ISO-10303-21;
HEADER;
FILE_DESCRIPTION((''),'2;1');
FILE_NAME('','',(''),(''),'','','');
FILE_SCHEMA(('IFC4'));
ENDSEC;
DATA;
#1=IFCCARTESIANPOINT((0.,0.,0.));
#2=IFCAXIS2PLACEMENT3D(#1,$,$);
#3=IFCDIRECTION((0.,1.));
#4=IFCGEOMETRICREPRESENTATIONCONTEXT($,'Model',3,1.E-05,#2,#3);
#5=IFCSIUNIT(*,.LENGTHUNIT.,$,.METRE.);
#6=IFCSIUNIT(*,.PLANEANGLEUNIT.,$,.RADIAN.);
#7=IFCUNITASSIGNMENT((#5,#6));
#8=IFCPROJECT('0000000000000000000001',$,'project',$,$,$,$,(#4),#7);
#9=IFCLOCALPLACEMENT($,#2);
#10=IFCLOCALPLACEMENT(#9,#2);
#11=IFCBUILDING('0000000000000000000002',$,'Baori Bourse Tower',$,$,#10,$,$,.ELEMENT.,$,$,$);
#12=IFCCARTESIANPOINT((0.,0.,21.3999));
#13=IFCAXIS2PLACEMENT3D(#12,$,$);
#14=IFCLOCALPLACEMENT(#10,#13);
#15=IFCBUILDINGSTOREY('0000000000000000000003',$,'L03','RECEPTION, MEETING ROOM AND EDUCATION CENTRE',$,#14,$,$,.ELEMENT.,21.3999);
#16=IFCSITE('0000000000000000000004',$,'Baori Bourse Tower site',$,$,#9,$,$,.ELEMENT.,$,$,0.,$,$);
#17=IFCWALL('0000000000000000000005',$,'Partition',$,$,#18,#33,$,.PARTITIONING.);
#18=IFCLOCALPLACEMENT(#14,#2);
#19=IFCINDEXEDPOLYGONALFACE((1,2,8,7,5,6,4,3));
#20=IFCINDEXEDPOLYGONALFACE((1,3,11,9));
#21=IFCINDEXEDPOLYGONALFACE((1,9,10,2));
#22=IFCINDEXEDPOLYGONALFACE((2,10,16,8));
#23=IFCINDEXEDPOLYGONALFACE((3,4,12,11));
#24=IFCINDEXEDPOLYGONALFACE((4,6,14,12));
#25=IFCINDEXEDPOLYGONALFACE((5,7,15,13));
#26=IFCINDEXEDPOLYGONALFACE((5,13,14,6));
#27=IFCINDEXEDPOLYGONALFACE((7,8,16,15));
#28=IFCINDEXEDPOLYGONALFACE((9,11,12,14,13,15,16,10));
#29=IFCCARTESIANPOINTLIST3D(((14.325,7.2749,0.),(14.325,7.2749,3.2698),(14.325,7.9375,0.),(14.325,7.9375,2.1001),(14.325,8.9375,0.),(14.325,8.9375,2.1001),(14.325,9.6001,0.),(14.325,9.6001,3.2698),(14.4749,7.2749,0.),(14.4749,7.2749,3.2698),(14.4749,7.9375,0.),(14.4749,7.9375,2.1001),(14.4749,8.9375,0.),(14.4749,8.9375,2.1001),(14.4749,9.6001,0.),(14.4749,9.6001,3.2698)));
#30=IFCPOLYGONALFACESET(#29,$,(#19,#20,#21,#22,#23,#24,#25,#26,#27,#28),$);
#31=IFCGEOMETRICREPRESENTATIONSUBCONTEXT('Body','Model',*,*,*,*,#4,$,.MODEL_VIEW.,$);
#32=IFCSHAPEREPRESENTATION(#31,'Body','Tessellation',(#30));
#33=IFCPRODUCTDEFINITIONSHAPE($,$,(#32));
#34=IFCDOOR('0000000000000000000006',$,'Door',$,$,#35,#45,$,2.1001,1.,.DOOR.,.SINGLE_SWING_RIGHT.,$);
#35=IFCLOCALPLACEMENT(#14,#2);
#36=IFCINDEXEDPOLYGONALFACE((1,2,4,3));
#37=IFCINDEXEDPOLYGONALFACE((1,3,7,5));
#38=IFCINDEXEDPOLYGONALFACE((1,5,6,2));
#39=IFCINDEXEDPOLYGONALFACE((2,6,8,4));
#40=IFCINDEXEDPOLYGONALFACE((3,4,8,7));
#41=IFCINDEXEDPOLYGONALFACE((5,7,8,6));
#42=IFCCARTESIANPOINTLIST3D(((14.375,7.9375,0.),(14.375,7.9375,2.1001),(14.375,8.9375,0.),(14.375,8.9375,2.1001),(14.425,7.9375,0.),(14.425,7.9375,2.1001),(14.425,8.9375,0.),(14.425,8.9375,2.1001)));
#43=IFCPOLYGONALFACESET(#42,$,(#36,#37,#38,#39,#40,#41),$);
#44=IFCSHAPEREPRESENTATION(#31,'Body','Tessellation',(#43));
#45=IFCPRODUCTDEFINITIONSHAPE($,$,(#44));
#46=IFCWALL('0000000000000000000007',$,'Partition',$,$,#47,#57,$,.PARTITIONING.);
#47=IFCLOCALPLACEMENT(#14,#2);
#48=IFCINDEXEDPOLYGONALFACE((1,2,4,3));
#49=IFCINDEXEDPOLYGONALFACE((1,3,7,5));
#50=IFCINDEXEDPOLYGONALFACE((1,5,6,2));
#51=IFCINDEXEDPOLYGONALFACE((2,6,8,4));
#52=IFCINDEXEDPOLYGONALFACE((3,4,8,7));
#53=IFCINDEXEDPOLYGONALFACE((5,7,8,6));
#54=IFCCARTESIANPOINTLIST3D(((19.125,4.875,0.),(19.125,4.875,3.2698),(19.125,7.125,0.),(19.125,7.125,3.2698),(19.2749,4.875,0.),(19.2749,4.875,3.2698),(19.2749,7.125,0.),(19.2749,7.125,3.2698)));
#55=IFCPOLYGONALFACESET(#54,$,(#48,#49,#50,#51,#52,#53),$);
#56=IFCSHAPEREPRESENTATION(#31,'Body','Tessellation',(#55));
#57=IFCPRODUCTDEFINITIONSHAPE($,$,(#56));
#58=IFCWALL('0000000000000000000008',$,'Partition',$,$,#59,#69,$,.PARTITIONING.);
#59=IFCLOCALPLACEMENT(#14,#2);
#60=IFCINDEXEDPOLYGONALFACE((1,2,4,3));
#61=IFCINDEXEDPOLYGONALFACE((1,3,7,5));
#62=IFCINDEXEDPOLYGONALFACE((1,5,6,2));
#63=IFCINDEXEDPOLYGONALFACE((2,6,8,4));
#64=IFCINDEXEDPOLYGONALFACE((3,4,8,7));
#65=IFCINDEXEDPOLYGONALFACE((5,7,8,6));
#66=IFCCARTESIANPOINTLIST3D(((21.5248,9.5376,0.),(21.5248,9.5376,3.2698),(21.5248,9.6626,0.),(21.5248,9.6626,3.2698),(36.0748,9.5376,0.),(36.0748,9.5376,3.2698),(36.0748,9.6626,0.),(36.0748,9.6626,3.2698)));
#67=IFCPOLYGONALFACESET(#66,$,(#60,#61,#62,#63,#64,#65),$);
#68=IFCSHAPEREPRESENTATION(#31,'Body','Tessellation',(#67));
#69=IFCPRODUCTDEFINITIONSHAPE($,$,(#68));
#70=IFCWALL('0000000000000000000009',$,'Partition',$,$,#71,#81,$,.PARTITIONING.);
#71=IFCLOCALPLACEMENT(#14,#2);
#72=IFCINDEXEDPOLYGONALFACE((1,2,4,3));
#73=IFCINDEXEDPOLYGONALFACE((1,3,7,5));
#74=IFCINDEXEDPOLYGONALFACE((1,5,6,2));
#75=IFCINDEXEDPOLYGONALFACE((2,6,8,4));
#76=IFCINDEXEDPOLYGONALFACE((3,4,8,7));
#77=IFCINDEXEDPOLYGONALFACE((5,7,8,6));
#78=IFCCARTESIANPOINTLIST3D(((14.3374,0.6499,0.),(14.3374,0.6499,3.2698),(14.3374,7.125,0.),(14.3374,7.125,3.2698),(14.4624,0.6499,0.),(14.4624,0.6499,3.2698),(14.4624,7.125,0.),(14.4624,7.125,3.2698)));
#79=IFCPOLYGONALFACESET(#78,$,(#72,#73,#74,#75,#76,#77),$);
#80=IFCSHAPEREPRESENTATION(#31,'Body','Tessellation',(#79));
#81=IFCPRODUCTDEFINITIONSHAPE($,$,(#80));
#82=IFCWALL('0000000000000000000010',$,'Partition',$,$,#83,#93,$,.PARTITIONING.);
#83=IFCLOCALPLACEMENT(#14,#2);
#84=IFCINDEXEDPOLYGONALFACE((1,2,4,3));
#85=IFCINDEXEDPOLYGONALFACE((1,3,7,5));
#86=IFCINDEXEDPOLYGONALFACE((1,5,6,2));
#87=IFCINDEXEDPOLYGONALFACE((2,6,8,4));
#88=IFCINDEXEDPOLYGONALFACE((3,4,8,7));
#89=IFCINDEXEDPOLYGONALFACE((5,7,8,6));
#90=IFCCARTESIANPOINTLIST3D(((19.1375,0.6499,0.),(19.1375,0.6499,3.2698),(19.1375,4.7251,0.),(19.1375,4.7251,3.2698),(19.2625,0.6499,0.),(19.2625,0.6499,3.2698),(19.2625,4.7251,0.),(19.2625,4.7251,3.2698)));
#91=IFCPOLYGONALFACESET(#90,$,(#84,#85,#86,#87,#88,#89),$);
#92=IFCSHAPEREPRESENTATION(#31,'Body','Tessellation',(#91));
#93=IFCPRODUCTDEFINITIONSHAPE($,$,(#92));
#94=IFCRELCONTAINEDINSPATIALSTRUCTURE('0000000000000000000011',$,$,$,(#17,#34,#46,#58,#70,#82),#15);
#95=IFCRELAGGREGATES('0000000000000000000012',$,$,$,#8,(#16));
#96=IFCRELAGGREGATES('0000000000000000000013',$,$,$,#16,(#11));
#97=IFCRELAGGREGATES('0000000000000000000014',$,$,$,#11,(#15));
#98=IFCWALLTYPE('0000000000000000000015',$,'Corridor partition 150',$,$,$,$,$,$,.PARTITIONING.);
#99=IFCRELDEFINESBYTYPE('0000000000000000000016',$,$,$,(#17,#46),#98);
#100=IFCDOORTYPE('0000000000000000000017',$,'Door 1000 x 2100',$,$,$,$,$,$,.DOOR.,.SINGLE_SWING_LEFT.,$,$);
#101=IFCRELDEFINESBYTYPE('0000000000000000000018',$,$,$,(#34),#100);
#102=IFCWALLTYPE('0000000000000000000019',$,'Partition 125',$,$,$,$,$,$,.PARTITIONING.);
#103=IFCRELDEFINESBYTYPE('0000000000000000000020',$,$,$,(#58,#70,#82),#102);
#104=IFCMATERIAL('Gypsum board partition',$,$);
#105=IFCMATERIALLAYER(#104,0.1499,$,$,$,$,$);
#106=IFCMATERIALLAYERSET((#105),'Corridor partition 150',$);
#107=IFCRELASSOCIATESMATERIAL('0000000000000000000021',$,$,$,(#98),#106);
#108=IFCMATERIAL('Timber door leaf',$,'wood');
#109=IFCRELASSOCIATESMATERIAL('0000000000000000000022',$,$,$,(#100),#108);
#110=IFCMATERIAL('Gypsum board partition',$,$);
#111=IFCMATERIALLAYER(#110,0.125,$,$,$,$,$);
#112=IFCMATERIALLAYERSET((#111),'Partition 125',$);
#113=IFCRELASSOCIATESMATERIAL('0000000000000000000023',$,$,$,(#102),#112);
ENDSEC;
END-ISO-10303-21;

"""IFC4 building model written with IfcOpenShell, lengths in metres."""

from ifc_helpers import new_model, si_unit, direction, frame, frame_2d, origin, place, context, subcontext, project, spatial, rectangle, extrude, material, layer, layer_set, type_object, element, fill, save


model = new_model("IFC4")

# Units and contexts
model_context = context("Model", 3, precision=1e-05, world=origin(), true_north=direction((0.0, 1.0)))
body_context = subcontext(model_context, "Body", "Model", "MODEL_VIEW")
ifc_project = project(units=[si_unit("LENGTHUNIT", "METRE"), si_unit("PLANEANGLEUNIT", "RADIAN")], contexts=[model_context])

# Site, building, storey
site_placement = place(None, origin())
site = spatial("IfcSite", under=ifc_project, at=site_placement, Name="Baori Bourse Tower site", CompositionType="ELEMENT", RefElevation=0.0)
building_placement = place(site_placement, origin())
building = spatial("IfcBuilding", under=site, at=building_placement, Name="Baori Bourse Tower", CompositionType="ELEMENT")
storey_placement = place(building_placement, frame((0.0, 0.0, 21.3999)))
storey = spatial("IfcBuildingStorey", under=building, at=storey_placement, Name="L03", Description="RECEPTION, MEETING ROOM AND EDUCATION CENTRE", CompositionType="ELEMENT", Elevation=21.3999)

# Shared definitions
ifc_material_1 = material(Name="Gypsum board partition")
ifc_layer_1 = layer(ifc_material_1, 0.1499)
ifc_layer_set_1 = layer_set([ifc_layer_1], Name="Corridor partition 150")
wall_type_1 = type_object("IfcWallType", Name="Corridor partition 150", PredefinedType="PARTITIONING", material=ifc_layer_set_1)
ifc_material_2 = material(Name="Timber door leaf", Category="wood")
door_type_1 = type_object("IfcDoorType", Name="Door 1000 x 2100", OperationType="SINGLE_SWING_LEFT", PredefinedType="DOOR", material=ifc_material_2)

# Wall, opening, door
wall_1_placement = place(storey_placement, frame((14.3999, 7.2749, 0.0), z_axis=(0.0, 0.0, 1.0), x_axis=(0.0, 1.0, 0.0)))
wall_1 = element("IfcWall", 1, at=wall_1_placement, inside=storey, type_object=wall_type_1, Name="Partition", PredefinedType="PARTITIONING", context=body_context, shape_type="SweptSolid", body=[
    extrude(rectangle(XDim=2.3252, YDim=0.1499, at=frame_2d((1.1626, 0.0))), origin(), (0.0, 0.0, 1.0), 3.2698),
])
opening_1_placement = place(wall_1_placement, frame((0.6626, 0.0, 0.0)))
opening_1 = element("IfcOpeningElement", 2, at=opening_1_placement, cuts=wall_1, PredefinedType="OPENING", context=body_context, shape_type="SweptSolid", body=[
    extrude(rectangle(XDim=1.0, YDim=2.1001, at=frame_2d((0.5, 1.05))), frame((0.0, 0.085, 0.0), z_axis=(0.0, -1.0, 0.0), x_axis=(1.0, 0.0, 0.0)), (0.0, 0.0, 1.0), 0.1699),
])
door_1_placement = place(opening_1_placement, origin())
door_1 = element("IfcDoor", 3, at=door_1_placement, inside=storey, type_object=door_type_1, Name="Door", OperationType="SINGLE_SWING_RIGHT", OverallHeight=2.1001, OverallWidth=1.0, PredefinedType="DOOR", context=body_context, shape_type="SweptSolid", body=[
    extrude(rectangle(XDim=1.0, YDim=2.1001, at=frame_2d((0.5, 1.05))), frame((0.0, 0.0249, 0.0), z_axis=(0.0, -1.0, 0.0), x_axis=(1.0, 0.0, 0.0)), (0.0, 0.0, 1.0), 0.05),
])
fill(opening_1, door_1)

# Walls
wall_2_placement = place(storey_placement, frame((19.2, 4.875, 0.0), z_axis=(0.0, 0.0, 1.0), x_axis=(0.0, 1.0, 0.0)))
element("IfcWall", 4, at=wall_2_placement, inside=storey, type_object=wall_type_1, Name="Partition", PredefinedType="PARTITIONING", context=body_context, shape_type="SweptSolid", body=[
    extrude(rectangle(XDim=2.25, YDim=0.1499, at=frame_2d((1.125, 0.0))), origin(), (0.0, 0.0, 1.0), 3.2698),
])
ifc_material_3 = material(Name="Gypsum board partition")
ifc_layer_2 = layer(ifc_material_3, 0.125)
ifc_layer_set_2 = layer_set([ifc_layer_2], Name="Partition 125")
wall_type_2 = type_object("IfcWallType", Name="Partition 125", PredefinedType="PARTITIONING", material=ifc_layer_set_2)
wall_3_placement = place(storey_placement, frame((21.5249, 9.6001, 0.0), z_axis=(0.0, 0.0, 1.0), x_axis=(1.0, 0.0, 0.0)))
element("IfcWall", 5, at=wall_3_placement, inside=storey, type_object=wall_type_2, Name="Partition", PredefinedType="PARTITIONING", context=body_context, shape_type="SweptSolid", body=[
    extrude(rectangle(XDim=14.55, YDim=0.125, at=frame_2d((7.2749, 0.0))), origin(), (0.0, 0.0, 1.0), 3.2698),
])
wall_4_placement = place(storey_placement, frame((14.3999, 0.6499, 0.0), z_axis=(0.0, 0.0, 1.0), x_axis=(0.0, 1.0, 0.0)))
element("IfcWall", 6, at=wall_4_placement, inside=storey, type_object=wall_type_2, Name="Partition", PredefinedType="PARTITIONING", context=body_context, shape_type="SweptSolid", body=[
    extrude(rectangle(XDim=6.4751, YDim=0.125, at=frame_2d((3.2375, 0.0))), origin(), (0.0, 0.0, 1.0), 3.2698),
])
wall_5_placement = place(storey_placement, frame((19.2, 0.6499, 0.0), z_axis=(0.0, 0.0, 1.0), x_axis=(0.0, 1.0, 0.0)))
element("IfcWall", 7, at=wall_5_placement, inside=storey, type_object=wall_type_2, Name="Partition", PredefinedType="PARTITIONING", context=body_context, shape_type="SweptSolid", body=[
    extrude(rectangle(XDim=4.0752, YDim=0.125, at=frame_2d((2.0376, 0.0))), origin(), (0.0, 0.0, 1.0), 3.2698),
])

save(model, "model.ifc")
